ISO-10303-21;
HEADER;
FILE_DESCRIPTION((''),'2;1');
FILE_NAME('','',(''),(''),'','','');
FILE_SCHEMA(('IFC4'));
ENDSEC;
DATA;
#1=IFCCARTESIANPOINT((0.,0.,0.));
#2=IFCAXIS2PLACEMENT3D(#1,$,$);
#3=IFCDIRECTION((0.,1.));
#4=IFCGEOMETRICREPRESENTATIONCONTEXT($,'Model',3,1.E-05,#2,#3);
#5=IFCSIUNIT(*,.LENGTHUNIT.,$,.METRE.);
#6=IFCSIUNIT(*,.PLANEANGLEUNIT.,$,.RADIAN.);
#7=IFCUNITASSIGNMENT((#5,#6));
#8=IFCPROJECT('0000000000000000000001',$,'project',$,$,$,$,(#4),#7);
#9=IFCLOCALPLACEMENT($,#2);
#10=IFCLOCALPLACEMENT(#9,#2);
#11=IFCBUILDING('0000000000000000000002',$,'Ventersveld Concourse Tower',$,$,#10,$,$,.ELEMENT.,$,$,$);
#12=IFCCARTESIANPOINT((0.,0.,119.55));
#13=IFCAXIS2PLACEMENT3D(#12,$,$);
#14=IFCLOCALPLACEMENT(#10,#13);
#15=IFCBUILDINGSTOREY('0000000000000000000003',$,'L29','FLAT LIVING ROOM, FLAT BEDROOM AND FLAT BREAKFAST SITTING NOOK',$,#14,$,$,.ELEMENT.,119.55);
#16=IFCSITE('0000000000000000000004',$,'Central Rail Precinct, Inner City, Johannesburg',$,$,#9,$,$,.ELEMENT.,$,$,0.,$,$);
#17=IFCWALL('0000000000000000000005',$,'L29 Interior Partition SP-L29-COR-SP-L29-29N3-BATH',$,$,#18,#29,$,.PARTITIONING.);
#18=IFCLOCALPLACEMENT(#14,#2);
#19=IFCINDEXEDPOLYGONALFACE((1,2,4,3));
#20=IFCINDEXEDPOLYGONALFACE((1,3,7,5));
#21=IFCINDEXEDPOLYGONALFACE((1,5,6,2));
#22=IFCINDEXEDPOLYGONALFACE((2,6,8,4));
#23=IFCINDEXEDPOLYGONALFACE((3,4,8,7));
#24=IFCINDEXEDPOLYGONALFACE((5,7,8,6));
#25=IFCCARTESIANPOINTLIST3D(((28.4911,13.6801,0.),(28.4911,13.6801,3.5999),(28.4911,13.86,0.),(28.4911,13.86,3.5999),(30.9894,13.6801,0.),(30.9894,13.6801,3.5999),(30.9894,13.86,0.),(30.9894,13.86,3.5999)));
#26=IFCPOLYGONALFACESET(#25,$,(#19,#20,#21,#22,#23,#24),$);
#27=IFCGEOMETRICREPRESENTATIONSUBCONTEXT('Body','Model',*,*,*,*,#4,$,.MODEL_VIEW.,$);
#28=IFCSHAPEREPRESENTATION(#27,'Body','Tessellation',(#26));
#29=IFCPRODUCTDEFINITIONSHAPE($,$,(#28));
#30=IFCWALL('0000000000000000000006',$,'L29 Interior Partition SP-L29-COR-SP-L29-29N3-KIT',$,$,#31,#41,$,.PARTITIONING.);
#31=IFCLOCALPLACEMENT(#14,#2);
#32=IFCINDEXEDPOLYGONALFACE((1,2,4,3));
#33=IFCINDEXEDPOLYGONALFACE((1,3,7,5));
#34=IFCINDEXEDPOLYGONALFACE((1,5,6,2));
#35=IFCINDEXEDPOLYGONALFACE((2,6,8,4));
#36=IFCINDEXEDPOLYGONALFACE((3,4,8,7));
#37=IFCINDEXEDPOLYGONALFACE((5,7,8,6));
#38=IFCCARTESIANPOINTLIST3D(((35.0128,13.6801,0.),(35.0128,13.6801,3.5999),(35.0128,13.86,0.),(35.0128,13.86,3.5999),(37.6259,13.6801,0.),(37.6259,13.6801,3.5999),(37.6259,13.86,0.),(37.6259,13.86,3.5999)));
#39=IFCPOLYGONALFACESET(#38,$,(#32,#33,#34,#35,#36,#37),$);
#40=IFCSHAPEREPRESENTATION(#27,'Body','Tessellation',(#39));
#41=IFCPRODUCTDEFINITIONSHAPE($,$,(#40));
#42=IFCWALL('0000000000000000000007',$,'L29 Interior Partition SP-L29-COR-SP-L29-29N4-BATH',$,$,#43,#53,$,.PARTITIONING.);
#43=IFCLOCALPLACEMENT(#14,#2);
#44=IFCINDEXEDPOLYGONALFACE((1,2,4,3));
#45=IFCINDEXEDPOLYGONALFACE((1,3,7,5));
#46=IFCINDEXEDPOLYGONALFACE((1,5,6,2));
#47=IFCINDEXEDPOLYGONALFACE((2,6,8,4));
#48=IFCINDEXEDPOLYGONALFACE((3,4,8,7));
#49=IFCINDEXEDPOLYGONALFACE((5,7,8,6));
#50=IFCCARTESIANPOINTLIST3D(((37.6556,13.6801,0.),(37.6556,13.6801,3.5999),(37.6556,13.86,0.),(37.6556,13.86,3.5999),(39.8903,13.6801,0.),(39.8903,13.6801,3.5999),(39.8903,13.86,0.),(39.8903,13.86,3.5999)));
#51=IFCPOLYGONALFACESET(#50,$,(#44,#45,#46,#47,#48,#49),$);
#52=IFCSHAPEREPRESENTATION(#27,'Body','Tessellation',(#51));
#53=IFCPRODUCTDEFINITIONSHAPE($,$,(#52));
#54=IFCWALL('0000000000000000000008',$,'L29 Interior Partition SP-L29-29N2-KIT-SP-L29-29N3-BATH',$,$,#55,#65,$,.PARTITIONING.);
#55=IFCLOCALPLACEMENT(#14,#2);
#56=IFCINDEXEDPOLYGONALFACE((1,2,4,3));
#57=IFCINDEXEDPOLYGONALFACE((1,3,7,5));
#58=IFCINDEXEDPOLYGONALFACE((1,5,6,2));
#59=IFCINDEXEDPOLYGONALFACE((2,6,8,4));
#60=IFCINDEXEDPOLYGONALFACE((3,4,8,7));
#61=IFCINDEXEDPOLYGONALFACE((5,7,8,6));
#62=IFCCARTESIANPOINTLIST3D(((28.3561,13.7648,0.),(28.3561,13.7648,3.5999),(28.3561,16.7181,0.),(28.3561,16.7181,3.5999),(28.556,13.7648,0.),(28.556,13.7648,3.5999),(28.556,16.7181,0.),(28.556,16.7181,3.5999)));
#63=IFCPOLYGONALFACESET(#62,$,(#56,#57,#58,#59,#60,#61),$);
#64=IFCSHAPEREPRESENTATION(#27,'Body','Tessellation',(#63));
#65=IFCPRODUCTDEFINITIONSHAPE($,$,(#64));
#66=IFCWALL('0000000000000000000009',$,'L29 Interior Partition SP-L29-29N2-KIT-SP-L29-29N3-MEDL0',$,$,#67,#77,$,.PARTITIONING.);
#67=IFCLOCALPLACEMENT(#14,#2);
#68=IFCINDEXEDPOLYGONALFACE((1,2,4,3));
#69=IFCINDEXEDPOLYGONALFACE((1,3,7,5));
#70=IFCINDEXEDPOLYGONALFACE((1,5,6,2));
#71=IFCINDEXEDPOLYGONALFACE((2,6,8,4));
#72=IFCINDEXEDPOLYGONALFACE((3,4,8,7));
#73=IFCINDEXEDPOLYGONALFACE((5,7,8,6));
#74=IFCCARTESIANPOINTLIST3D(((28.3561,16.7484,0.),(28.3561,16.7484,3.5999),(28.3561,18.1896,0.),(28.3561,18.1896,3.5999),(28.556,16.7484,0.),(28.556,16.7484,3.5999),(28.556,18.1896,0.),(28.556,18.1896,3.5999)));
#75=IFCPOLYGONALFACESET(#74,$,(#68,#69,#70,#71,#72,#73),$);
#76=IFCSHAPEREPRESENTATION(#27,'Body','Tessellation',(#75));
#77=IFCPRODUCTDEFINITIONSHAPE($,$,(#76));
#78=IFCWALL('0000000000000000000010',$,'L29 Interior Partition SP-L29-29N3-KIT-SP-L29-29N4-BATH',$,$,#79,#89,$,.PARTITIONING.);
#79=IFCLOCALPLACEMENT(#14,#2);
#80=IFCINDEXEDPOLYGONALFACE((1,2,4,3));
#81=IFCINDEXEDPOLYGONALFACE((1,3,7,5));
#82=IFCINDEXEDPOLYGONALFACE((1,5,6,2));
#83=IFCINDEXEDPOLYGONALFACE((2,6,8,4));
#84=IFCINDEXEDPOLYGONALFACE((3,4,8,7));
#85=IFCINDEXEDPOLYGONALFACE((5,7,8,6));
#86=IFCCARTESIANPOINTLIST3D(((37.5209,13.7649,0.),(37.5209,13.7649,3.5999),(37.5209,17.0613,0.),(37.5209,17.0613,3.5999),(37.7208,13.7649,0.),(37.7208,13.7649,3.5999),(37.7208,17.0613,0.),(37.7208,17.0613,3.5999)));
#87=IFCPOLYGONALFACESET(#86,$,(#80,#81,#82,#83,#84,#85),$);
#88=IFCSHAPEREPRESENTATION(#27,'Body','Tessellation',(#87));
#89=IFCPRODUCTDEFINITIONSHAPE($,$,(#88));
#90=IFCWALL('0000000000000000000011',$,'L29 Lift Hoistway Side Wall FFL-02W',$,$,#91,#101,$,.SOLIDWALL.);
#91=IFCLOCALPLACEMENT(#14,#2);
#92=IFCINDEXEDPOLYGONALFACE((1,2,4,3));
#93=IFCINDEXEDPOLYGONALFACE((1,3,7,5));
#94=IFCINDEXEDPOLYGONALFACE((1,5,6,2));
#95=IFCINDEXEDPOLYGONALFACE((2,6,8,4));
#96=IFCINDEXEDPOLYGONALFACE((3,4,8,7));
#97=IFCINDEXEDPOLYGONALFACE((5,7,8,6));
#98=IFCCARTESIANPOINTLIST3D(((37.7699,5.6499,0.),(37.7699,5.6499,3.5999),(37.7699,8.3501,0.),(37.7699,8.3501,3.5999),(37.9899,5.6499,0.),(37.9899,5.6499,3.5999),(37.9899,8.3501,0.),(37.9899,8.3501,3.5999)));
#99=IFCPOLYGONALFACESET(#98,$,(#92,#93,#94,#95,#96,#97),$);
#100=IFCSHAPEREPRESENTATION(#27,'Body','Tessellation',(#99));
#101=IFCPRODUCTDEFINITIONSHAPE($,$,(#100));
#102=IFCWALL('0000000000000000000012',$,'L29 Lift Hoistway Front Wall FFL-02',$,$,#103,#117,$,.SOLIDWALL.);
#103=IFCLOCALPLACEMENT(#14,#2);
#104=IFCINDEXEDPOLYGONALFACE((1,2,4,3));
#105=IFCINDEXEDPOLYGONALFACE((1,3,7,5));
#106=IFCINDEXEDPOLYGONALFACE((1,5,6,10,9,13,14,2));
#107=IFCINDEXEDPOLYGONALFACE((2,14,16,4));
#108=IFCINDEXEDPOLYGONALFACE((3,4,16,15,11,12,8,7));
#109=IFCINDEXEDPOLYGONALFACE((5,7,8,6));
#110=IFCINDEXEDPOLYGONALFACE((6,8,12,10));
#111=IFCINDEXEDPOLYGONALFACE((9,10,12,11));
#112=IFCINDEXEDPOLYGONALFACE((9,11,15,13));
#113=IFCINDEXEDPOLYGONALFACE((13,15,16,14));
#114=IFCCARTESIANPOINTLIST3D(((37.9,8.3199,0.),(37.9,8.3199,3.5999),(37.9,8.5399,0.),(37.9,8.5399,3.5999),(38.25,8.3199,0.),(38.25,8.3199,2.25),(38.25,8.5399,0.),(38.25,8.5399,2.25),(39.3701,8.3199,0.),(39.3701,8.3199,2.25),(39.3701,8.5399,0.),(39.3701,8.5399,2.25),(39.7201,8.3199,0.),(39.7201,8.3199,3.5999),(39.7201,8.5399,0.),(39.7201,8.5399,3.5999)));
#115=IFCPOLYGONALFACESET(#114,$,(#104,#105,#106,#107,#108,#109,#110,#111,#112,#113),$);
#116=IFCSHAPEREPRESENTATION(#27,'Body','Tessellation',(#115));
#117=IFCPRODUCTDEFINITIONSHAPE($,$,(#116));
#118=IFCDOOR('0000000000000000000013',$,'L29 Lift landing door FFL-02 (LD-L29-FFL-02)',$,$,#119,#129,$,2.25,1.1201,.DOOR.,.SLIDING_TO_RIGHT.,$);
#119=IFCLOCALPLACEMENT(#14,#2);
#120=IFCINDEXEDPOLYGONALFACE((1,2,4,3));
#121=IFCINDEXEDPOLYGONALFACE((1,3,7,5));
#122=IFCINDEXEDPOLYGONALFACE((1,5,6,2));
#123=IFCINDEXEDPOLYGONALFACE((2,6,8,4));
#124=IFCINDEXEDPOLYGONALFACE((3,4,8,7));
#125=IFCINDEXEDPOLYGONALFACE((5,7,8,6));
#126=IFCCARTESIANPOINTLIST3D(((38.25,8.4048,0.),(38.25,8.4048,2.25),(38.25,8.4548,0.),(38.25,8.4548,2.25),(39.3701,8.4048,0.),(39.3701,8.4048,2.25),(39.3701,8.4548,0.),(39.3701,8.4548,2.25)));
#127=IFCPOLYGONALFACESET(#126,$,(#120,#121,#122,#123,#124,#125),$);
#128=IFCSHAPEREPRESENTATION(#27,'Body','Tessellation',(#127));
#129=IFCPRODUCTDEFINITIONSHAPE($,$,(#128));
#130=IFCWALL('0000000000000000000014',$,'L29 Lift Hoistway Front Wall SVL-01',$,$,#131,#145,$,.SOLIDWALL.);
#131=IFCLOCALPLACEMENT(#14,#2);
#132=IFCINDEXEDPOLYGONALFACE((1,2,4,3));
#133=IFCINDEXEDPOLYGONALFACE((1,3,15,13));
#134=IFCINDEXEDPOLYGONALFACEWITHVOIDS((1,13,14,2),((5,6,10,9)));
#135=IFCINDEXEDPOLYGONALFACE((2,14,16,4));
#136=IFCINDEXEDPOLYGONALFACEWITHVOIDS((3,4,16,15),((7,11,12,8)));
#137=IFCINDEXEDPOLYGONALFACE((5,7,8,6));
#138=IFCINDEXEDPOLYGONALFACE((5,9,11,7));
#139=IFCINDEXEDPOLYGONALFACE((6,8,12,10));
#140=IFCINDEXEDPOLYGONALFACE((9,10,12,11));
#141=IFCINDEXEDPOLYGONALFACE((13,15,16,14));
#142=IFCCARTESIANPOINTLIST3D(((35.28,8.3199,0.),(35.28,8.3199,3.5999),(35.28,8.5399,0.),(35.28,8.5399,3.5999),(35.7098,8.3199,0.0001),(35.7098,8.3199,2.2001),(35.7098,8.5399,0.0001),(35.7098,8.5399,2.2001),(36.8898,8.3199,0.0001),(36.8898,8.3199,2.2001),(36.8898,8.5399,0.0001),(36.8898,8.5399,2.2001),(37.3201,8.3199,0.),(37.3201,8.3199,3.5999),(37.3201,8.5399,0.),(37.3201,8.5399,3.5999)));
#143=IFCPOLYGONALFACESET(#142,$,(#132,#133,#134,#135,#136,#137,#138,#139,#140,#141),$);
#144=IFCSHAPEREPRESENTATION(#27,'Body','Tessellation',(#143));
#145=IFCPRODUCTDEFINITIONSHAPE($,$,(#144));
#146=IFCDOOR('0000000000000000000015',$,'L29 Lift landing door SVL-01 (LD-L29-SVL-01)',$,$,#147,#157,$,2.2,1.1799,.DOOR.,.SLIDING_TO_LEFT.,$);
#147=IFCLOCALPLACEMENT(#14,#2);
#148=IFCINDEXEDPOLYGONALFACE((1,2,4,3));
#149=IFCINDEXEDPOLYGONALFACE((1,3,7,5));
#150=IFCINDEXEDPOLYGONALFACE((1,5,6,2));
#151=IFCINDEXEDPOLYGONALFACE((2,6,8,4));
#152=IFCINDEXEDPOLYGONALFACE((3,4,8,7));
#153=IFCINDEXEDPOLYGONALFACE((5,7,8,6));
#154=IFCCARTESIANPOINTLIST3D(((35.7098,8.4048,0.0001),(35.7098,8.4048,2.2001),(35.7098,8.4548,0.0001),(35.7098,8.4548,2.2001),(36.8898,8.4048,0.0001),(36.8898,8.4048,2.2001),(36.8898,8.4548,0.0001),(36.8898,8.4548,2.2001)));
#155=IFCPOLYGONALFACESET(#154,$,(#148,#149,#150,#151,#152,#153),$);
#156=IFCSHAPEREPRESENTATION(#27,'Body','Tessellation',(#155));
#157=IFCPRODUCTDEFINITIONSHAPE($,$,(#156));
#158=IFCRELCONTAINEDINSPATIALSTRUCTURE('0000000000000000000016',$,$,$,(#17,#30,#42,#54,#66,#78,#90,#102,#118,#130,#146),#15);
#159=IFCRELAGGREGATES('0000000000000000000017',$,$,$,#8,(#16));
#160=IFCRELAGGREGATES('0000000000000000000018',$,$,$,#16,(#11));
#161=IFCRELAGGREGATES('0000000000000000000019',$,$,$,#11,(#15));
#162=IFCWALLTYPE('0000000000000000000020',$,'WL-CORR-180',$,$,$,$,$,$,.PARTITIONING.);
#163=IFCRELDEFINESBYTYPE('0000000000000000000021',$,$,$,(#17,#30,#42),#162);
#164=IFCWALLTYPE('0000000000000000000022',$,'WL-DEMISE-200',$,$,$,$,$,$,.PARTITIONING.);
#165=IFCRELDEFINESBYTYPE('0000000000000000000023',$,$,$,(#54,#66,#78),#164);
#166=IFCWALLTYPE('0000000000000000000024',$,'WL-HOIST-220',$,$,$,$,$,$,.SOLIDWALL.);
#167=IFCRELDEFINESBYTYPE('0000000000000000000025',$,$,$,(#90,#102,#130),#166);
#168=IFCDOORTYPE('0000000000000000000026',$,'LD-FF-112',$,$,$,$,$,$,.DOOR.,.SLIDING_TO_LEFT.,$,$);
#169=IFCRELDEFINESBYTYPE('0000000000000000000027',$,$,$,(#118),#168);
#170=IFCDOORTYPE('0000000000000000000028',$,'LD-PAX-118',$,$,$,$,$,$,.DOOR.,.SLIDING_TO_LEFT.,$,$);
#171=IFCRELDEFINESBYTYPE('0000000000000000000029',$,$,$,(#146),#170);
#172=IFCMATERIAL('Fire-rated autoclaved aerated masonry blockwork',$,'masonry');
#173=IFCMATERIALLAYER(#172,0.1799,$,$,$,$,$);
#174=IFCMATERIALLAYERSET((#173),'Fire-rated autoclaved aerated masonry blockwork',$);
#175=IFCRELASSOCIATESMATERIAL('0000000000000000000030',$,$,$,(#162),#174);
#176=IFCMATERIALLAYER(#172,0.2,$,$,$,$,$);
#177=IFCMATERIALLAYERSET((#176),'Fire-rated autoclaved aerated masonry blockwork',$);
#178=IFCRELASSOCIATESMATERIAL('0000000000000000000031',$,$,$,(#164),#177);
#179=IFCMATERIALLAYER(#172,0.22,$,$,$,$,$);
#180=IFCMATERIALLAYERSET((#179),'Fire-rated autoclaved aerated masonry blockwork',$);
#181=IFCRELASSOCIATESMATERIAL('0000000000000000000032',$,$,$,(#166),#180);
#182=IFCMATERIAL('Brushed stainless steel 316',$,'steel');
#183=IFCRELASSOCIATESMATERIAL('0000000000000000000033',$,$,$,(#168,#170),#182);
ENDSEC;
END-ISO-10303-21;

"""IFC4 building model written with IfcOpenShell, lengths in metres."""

from ifc_helpers import new_model, si_unit, direction, frame, frame_2d, origin, place, context, subcontext, project, spatial, rectangle, extrude, material, layer, layer_set, type_object, element, fill, save


model = new_model("IFC4")

# Units and contexts
model_context = context("Model", 3, precision=1e-05, world=origin(), true_north=direction((0.0, 1.0)))
body_context = subcontext(model_context, "Body", "Model", "MODEL_VIEW")
ifc_project = project(units=[si_unit("LENGTHUNIT", "METRE"), si_unit("PLANEANGLEUNIT", "RADIAN")], contexts=[model_context])

# Site, building, storey
site_placement = place(None, origin())
site = spatial("IfcSite", under=ifc_project, at=site_placement, Name="Central Rail Precinct, Inner City, Johannesburg", CompositionType="ELEMENT", RefElevation=0.0)
building_placement = place(site_placement, origin())
building = spatial("IfcBuilding", under=site, at=building_placement, Name="Ventersveld Concourse Tower", CompositionType="ELEMENT")
storey_placement = place(building_placement, frame((0.0, 0.0, 119.55)))
storey = spatial("IfcBuildingStorey", under=building, at=storey_placement, Name="L29", Description="FLAT LIVING ROOM, FLAT BEDROOM AND FLAT BREAKFAST SITTING NOOK", CompositionType="ELEMENT", Elevation=119.55)

# Shared definitions
ifc_material_1 = material(Name="Fire-rated autoclaved aerated masonry blockwork", Category="masonry")
ifc_layer_1 = layer(ifc_material_1, 0.1799)
ifc_layer_set_1 = layer_set([ifc_layer_1], Name="Fire-rated autoclaved aerated masonry blockwork")
wall_type_1 = type_object("IfcWallType", Name="WL-CORR-180", PredefinedType="PARTITIONING", material=ifc_layer_set_1)

# Walls
wall_1_placement = place(storey_placement, frame((28.4912, 13.77, 0.0), z_axis=(0.0, 0.0, 1.0), x_axis=(1.0, 0.0, 0.0)))
element("IfcWall", 1, at=wall_1_placement, inside=storey, type_object=wall_type_1, Name="L29 Interior Partition SP-L29-COR-SP-L29-29N3-BATH", PredefinedType="PARTITIONING", context=body_context, shape_type="SweptSolid", body=[
    extrude(rectangle(XDim=2.4983, YDim=0.1799, at=frame_2d((1.249, 0.0))), origin(), (0.0, 0.0, 1.0), 3.5999),
])
wall_2_placement = place(storey_placement, frame((35.0127, 13.77, 0.0), z_axis=(0.0, 0.0, 1.0), x_axis=(1.0, 0.0, 0.0)))
element("IfcWall", 2, at=wall_2_placement, inside=storey, type_object=wall_type_1, Name="L29 Interior Partition SP-L29-COR-SP-L29-29N3-KIT", PredefinedType="PARTITIONING", context=body_context, shape_type="SweptSolid", body=[
    extrude(rectangle(XDim=2.613, YDim=0.1799, at=frame_2d((1.3066, 0.0))), origin(), (0.0, 0.0, 1.0), 3.5999),
])
wall_3_placement = place(storey_placement, frame((37.6558, 13.77, 0.0), z_axis=(0.0, 0.0, 1.0), x_axis=(1.0, 0.0, 0.0)))
element("IfcWall", 3, at=wall_3_placement, inside=storey, type_object=wall_type_1, Name="L29 Interior Partition SP-L29-COR-SP-L29-29N4-BATH", PredefinedType="PARTITIONING", context=body_context, shape_type="SweptSolid", body=[
    extrude(rectangle(XDim=2.2346, YDim=0.1799, at=frame_2d((1.1172, 0.0))), origin(), (0.0, 0.0, 1.0), 3.5999),
])
ifc_layer_2 = layer(ifc_material_1, 0.2)
ifc_layer_set_2 = layer_set([ifc_layer_2], Name="Fire-rated autoclaved aerated masonry blockwork")
wall_type_2 = type_object("IfcWallType", Name="WL-DEMISE-200", PredefinedType="PARTITIONING", material=ifc_layer_set_2)
wall_4_placement = place(storey_placement, frame((28.4561, 13.7649, 0.0), z_axis=(0.0, 0.0, 1.0), x_axis=(0.0, 1.0, 0.0)))
element("IfcWall", 4, at=wall_4_placement, inside=storey, type_object=wall_type_2, Name="L29 Interior Partition SP-L29-29N2-KIT-SP-L29-29N3-BATH", PredefinedType="PARTITIONING", context=body_context, shape_type="SweptSolid", body=[
    extrude(rectangle(XDim=2.9534, YDim=0.2, at=frame_2d((1.4766, 0.0))), origin(), (0.0, 0.0, 1.0), 3.5999),
])
wall_5_placement = place(storey_placement, frame((28.4561, 16.7483, 0.0), z_axis=(0.0, 0.0, 1.0), x_axis=(0.0, 1.0, 0.0)))
element("IfcWall", 5, at=wall_5_placement, inside=storey, type_object=wall_type_2, Name="L29 Interior Partition SP-L29-29N2-KIT-SP-L29-29N3-MEDL0", PredefinedType="PARTITIONING", context=body_context, shape_type="SweptSolid", body=[
    extrude(rectangle(XDim=1.4412, YDim=0.2, at=frame_2d((0.7207, 0.0))), origin(), (0.0, 0.0, 1.0), 3.5999),
])
wall_6_placement = place(storey_placement, frame((37.6208, 13.7649, 0.0), z_axis=(0.0, 0.0, 1.0), x_axis=(0.0, 1.0, 0.0)))
element("IfcWall", 6, at=wall_6_placement, inside=storey, type_object=wall_type_2, Name="L29 Interior Partition SP-L29-29N3-KIT-SP-L29-29N4-BATH", PredefinedType="PARTITIONING", context=body_context, shape_type="SweptSolid", body=[
    extrude(rectangle(XDim=3.2964, YDim=0.2, at=frame_2d((1.6482, 0.0))), origin(), (0.0, 0.0, 1.0), 3.5999),
])
ifc_layer_3 = layer(ifc_material_1, 0.22)
ifc_layer_set_3 = layer_set([ifc_layer_3], Name="Fire-rated autoclaved aerated masonry blockwork")
wall_type_3 = type_object("IfcWallType", Name="WL-HOIST-220", PredefinedType="SOLIDWALL", material=ifc_layer_set_3)
wall_7_placement = place(storey_placement, frame((37.8799, 5.6499, 0.0), z_axis=(0.0, 0.0, 1.0), x_axis=(0.0, 1.0, 0.0)))
element("IfcWall", 7, at=wall_7_placement, inside=storey, type_object=wall_type_3, Name="L29 Lift Hoistway Side Wall FFL-02W", PredefinedType="SOLIDWALL", context=body_context, shape_type="SweptSolid", body=[
    extrude(rectangle(XDim=2.7002, YDim=0.22, at=frame_2d((1.3501, 0.0))), origin(), (0.0, 0.0, 1.0), 3.5999),
])

# Walls, openings, doors
wall_8_placement = place(storey_placement, frame((37.8999, 8.4299, 0.0), z_axis=(0.0, 0.0, 1.0), x_axis=(1.0, 0.0, 0.0)))
wall_8 = element("IfcWall", 8, at=wall_8_placement, inside=storey, type_object=wall_type_3, Name="L29 Lift Hoistway Front Wall FFL-02", PredefinedType="SOLIDWALL", context=body_context, shape_type="SweptSolid", body=[
    extrude(rectangle(XDim=1.8201, YDim=0.22, at=frame_2d((0.9102, 0.0))), origin(), (0.0, 0.0, 1.0), 3.5999),
])
opening_1_placement = place(wall_8_placement, frame((0.3501, 0.0, 0.0)))
opening_1 = element("IfcOpeningElement", 9, at=opening_1_placement, cuts=wall_8, PredefinedType="OPENING", context=body_context, shape_type="SweptSolid", body=[
    extrude(rectangle(XDim=1.1201, YDim=2.25, at=frame_2d((0.5601, 1.125))), frame((0.0, 0.1201, 0.0), z_axis=(0.0, -1.0, 0.0), x_axis=(1.0, 0.0, 0.0)), (0.0, 0.0, 1.0), 0.24),
])
ifc_material_2 = material(Name="Brushed stainless steel 316", Category="steel")
door_type_1 = type_object("IfcDoorType", Name="LD-FF-112", OperationType="SLIDING_TO_LEFT", PredefinedType="DOOR", material=ifc_material_2)
door_1_placement = place(opening_1_placement, origin())
door_1 = element("IfcDoor", 10, at=door_1_placement, inside=storey, type_object=door_type_1, Name="L29 Lift landing door FFL-02 (LD-L29-FFL-02)", OperationType="SLIDING_TO_RIGHT", OverallHeight=2.25, OverallWidth=1.1201, PredefinedType="DOOR", context=body_context, shape_type="SweptSolid", body=[
    extrude(rectangle(XDim=1.1201, YDim=2.25, at=frame_2d((0.5601, 1.125))), frame((0.0, 0.0249, 0.0), z_axis=(0.0, -1.0, 0.0), x_axis=(1.0, 0.0, 0.0)), (0.0, 0.0, 1.0), 0.05),
])
fill(opening_1, door_1)
wall_9_placement = place(storey_placement, frame((35.28, 8.4299, 0.0), z_axis=(0.0, 0.0, 1.0), x_axis=(1.0, 0.0, 0.0)))
wall_9 = element("IfcWall", 11, at=wall_9_placement, inside=storey, type_object=wall_type_3, Name="L29 Lift Hoistway Front Wall SVL-01", PredefinedType="SOLIDWALL", context=body_context, shape_type="SweptSolid", body=[
    extrude(rectangle(XDim=2.04, YDim=0.22, at=frame_2d((1.02, 0.0))), origin(), (0.0, 0.0, 1.0), 3.5999),
])
opening_2_placement = place(wall_9_placement, frame((0.4299, 0.0, 0.0)))
opening_2 = element("IfcOpeningElement", 12, at=opening_2_placement, cuts=wall_9, PredefinedType="OPENING", context=body_context, shape_type="SweptSolid", body=[
    extrude(rectangle(XDim=1.1799, YDim=2.2, at=frame_2d((0.5898, 1.1001))), frame((0.0, 0.1201, 0.0), z_axis=(0.0, -1.0, 0.0), x_axis=(1.0, 0.0, 0.0)), (0.0, 0.0, 1.0), 0.24),
])
door_type_2 = type_object("IfcDoorType", Name="LD-PAX-118", OperationType="SLIDING_TO_LEFT", PredefinedType="DOOR", material=ifc_material_2)
door_2_placement = place(opening_2_placement, origin())
door_2 = element("IfcDoor", 13, at=door_2_placement, inside=storey, type_object=door_type_2, Name="L29 Lift landing door SVL-01 (LD-L29-SVL-01)", OperationType="SLIDING_TO_LEFT", OverallHeight=2.2, OverallWidth=1.1799, PredefinedType="DOOR", context=body_context, shape_type="SweptSolid", body=[
    extrude(rectangle(XDim=1.1799, YDim=2.2, at=frame_2d((0.5898, 1.1001))), frame((0.0, 0.0249, 0.0), z_axis=(0.0, -1.0, 0.0), x_axis=(1.0, 0.0, 0.0)), (0.0, 0.0, 1.0), 0.05),
])
fill(opening_2, door_2)

save(model, "model.ifc")
